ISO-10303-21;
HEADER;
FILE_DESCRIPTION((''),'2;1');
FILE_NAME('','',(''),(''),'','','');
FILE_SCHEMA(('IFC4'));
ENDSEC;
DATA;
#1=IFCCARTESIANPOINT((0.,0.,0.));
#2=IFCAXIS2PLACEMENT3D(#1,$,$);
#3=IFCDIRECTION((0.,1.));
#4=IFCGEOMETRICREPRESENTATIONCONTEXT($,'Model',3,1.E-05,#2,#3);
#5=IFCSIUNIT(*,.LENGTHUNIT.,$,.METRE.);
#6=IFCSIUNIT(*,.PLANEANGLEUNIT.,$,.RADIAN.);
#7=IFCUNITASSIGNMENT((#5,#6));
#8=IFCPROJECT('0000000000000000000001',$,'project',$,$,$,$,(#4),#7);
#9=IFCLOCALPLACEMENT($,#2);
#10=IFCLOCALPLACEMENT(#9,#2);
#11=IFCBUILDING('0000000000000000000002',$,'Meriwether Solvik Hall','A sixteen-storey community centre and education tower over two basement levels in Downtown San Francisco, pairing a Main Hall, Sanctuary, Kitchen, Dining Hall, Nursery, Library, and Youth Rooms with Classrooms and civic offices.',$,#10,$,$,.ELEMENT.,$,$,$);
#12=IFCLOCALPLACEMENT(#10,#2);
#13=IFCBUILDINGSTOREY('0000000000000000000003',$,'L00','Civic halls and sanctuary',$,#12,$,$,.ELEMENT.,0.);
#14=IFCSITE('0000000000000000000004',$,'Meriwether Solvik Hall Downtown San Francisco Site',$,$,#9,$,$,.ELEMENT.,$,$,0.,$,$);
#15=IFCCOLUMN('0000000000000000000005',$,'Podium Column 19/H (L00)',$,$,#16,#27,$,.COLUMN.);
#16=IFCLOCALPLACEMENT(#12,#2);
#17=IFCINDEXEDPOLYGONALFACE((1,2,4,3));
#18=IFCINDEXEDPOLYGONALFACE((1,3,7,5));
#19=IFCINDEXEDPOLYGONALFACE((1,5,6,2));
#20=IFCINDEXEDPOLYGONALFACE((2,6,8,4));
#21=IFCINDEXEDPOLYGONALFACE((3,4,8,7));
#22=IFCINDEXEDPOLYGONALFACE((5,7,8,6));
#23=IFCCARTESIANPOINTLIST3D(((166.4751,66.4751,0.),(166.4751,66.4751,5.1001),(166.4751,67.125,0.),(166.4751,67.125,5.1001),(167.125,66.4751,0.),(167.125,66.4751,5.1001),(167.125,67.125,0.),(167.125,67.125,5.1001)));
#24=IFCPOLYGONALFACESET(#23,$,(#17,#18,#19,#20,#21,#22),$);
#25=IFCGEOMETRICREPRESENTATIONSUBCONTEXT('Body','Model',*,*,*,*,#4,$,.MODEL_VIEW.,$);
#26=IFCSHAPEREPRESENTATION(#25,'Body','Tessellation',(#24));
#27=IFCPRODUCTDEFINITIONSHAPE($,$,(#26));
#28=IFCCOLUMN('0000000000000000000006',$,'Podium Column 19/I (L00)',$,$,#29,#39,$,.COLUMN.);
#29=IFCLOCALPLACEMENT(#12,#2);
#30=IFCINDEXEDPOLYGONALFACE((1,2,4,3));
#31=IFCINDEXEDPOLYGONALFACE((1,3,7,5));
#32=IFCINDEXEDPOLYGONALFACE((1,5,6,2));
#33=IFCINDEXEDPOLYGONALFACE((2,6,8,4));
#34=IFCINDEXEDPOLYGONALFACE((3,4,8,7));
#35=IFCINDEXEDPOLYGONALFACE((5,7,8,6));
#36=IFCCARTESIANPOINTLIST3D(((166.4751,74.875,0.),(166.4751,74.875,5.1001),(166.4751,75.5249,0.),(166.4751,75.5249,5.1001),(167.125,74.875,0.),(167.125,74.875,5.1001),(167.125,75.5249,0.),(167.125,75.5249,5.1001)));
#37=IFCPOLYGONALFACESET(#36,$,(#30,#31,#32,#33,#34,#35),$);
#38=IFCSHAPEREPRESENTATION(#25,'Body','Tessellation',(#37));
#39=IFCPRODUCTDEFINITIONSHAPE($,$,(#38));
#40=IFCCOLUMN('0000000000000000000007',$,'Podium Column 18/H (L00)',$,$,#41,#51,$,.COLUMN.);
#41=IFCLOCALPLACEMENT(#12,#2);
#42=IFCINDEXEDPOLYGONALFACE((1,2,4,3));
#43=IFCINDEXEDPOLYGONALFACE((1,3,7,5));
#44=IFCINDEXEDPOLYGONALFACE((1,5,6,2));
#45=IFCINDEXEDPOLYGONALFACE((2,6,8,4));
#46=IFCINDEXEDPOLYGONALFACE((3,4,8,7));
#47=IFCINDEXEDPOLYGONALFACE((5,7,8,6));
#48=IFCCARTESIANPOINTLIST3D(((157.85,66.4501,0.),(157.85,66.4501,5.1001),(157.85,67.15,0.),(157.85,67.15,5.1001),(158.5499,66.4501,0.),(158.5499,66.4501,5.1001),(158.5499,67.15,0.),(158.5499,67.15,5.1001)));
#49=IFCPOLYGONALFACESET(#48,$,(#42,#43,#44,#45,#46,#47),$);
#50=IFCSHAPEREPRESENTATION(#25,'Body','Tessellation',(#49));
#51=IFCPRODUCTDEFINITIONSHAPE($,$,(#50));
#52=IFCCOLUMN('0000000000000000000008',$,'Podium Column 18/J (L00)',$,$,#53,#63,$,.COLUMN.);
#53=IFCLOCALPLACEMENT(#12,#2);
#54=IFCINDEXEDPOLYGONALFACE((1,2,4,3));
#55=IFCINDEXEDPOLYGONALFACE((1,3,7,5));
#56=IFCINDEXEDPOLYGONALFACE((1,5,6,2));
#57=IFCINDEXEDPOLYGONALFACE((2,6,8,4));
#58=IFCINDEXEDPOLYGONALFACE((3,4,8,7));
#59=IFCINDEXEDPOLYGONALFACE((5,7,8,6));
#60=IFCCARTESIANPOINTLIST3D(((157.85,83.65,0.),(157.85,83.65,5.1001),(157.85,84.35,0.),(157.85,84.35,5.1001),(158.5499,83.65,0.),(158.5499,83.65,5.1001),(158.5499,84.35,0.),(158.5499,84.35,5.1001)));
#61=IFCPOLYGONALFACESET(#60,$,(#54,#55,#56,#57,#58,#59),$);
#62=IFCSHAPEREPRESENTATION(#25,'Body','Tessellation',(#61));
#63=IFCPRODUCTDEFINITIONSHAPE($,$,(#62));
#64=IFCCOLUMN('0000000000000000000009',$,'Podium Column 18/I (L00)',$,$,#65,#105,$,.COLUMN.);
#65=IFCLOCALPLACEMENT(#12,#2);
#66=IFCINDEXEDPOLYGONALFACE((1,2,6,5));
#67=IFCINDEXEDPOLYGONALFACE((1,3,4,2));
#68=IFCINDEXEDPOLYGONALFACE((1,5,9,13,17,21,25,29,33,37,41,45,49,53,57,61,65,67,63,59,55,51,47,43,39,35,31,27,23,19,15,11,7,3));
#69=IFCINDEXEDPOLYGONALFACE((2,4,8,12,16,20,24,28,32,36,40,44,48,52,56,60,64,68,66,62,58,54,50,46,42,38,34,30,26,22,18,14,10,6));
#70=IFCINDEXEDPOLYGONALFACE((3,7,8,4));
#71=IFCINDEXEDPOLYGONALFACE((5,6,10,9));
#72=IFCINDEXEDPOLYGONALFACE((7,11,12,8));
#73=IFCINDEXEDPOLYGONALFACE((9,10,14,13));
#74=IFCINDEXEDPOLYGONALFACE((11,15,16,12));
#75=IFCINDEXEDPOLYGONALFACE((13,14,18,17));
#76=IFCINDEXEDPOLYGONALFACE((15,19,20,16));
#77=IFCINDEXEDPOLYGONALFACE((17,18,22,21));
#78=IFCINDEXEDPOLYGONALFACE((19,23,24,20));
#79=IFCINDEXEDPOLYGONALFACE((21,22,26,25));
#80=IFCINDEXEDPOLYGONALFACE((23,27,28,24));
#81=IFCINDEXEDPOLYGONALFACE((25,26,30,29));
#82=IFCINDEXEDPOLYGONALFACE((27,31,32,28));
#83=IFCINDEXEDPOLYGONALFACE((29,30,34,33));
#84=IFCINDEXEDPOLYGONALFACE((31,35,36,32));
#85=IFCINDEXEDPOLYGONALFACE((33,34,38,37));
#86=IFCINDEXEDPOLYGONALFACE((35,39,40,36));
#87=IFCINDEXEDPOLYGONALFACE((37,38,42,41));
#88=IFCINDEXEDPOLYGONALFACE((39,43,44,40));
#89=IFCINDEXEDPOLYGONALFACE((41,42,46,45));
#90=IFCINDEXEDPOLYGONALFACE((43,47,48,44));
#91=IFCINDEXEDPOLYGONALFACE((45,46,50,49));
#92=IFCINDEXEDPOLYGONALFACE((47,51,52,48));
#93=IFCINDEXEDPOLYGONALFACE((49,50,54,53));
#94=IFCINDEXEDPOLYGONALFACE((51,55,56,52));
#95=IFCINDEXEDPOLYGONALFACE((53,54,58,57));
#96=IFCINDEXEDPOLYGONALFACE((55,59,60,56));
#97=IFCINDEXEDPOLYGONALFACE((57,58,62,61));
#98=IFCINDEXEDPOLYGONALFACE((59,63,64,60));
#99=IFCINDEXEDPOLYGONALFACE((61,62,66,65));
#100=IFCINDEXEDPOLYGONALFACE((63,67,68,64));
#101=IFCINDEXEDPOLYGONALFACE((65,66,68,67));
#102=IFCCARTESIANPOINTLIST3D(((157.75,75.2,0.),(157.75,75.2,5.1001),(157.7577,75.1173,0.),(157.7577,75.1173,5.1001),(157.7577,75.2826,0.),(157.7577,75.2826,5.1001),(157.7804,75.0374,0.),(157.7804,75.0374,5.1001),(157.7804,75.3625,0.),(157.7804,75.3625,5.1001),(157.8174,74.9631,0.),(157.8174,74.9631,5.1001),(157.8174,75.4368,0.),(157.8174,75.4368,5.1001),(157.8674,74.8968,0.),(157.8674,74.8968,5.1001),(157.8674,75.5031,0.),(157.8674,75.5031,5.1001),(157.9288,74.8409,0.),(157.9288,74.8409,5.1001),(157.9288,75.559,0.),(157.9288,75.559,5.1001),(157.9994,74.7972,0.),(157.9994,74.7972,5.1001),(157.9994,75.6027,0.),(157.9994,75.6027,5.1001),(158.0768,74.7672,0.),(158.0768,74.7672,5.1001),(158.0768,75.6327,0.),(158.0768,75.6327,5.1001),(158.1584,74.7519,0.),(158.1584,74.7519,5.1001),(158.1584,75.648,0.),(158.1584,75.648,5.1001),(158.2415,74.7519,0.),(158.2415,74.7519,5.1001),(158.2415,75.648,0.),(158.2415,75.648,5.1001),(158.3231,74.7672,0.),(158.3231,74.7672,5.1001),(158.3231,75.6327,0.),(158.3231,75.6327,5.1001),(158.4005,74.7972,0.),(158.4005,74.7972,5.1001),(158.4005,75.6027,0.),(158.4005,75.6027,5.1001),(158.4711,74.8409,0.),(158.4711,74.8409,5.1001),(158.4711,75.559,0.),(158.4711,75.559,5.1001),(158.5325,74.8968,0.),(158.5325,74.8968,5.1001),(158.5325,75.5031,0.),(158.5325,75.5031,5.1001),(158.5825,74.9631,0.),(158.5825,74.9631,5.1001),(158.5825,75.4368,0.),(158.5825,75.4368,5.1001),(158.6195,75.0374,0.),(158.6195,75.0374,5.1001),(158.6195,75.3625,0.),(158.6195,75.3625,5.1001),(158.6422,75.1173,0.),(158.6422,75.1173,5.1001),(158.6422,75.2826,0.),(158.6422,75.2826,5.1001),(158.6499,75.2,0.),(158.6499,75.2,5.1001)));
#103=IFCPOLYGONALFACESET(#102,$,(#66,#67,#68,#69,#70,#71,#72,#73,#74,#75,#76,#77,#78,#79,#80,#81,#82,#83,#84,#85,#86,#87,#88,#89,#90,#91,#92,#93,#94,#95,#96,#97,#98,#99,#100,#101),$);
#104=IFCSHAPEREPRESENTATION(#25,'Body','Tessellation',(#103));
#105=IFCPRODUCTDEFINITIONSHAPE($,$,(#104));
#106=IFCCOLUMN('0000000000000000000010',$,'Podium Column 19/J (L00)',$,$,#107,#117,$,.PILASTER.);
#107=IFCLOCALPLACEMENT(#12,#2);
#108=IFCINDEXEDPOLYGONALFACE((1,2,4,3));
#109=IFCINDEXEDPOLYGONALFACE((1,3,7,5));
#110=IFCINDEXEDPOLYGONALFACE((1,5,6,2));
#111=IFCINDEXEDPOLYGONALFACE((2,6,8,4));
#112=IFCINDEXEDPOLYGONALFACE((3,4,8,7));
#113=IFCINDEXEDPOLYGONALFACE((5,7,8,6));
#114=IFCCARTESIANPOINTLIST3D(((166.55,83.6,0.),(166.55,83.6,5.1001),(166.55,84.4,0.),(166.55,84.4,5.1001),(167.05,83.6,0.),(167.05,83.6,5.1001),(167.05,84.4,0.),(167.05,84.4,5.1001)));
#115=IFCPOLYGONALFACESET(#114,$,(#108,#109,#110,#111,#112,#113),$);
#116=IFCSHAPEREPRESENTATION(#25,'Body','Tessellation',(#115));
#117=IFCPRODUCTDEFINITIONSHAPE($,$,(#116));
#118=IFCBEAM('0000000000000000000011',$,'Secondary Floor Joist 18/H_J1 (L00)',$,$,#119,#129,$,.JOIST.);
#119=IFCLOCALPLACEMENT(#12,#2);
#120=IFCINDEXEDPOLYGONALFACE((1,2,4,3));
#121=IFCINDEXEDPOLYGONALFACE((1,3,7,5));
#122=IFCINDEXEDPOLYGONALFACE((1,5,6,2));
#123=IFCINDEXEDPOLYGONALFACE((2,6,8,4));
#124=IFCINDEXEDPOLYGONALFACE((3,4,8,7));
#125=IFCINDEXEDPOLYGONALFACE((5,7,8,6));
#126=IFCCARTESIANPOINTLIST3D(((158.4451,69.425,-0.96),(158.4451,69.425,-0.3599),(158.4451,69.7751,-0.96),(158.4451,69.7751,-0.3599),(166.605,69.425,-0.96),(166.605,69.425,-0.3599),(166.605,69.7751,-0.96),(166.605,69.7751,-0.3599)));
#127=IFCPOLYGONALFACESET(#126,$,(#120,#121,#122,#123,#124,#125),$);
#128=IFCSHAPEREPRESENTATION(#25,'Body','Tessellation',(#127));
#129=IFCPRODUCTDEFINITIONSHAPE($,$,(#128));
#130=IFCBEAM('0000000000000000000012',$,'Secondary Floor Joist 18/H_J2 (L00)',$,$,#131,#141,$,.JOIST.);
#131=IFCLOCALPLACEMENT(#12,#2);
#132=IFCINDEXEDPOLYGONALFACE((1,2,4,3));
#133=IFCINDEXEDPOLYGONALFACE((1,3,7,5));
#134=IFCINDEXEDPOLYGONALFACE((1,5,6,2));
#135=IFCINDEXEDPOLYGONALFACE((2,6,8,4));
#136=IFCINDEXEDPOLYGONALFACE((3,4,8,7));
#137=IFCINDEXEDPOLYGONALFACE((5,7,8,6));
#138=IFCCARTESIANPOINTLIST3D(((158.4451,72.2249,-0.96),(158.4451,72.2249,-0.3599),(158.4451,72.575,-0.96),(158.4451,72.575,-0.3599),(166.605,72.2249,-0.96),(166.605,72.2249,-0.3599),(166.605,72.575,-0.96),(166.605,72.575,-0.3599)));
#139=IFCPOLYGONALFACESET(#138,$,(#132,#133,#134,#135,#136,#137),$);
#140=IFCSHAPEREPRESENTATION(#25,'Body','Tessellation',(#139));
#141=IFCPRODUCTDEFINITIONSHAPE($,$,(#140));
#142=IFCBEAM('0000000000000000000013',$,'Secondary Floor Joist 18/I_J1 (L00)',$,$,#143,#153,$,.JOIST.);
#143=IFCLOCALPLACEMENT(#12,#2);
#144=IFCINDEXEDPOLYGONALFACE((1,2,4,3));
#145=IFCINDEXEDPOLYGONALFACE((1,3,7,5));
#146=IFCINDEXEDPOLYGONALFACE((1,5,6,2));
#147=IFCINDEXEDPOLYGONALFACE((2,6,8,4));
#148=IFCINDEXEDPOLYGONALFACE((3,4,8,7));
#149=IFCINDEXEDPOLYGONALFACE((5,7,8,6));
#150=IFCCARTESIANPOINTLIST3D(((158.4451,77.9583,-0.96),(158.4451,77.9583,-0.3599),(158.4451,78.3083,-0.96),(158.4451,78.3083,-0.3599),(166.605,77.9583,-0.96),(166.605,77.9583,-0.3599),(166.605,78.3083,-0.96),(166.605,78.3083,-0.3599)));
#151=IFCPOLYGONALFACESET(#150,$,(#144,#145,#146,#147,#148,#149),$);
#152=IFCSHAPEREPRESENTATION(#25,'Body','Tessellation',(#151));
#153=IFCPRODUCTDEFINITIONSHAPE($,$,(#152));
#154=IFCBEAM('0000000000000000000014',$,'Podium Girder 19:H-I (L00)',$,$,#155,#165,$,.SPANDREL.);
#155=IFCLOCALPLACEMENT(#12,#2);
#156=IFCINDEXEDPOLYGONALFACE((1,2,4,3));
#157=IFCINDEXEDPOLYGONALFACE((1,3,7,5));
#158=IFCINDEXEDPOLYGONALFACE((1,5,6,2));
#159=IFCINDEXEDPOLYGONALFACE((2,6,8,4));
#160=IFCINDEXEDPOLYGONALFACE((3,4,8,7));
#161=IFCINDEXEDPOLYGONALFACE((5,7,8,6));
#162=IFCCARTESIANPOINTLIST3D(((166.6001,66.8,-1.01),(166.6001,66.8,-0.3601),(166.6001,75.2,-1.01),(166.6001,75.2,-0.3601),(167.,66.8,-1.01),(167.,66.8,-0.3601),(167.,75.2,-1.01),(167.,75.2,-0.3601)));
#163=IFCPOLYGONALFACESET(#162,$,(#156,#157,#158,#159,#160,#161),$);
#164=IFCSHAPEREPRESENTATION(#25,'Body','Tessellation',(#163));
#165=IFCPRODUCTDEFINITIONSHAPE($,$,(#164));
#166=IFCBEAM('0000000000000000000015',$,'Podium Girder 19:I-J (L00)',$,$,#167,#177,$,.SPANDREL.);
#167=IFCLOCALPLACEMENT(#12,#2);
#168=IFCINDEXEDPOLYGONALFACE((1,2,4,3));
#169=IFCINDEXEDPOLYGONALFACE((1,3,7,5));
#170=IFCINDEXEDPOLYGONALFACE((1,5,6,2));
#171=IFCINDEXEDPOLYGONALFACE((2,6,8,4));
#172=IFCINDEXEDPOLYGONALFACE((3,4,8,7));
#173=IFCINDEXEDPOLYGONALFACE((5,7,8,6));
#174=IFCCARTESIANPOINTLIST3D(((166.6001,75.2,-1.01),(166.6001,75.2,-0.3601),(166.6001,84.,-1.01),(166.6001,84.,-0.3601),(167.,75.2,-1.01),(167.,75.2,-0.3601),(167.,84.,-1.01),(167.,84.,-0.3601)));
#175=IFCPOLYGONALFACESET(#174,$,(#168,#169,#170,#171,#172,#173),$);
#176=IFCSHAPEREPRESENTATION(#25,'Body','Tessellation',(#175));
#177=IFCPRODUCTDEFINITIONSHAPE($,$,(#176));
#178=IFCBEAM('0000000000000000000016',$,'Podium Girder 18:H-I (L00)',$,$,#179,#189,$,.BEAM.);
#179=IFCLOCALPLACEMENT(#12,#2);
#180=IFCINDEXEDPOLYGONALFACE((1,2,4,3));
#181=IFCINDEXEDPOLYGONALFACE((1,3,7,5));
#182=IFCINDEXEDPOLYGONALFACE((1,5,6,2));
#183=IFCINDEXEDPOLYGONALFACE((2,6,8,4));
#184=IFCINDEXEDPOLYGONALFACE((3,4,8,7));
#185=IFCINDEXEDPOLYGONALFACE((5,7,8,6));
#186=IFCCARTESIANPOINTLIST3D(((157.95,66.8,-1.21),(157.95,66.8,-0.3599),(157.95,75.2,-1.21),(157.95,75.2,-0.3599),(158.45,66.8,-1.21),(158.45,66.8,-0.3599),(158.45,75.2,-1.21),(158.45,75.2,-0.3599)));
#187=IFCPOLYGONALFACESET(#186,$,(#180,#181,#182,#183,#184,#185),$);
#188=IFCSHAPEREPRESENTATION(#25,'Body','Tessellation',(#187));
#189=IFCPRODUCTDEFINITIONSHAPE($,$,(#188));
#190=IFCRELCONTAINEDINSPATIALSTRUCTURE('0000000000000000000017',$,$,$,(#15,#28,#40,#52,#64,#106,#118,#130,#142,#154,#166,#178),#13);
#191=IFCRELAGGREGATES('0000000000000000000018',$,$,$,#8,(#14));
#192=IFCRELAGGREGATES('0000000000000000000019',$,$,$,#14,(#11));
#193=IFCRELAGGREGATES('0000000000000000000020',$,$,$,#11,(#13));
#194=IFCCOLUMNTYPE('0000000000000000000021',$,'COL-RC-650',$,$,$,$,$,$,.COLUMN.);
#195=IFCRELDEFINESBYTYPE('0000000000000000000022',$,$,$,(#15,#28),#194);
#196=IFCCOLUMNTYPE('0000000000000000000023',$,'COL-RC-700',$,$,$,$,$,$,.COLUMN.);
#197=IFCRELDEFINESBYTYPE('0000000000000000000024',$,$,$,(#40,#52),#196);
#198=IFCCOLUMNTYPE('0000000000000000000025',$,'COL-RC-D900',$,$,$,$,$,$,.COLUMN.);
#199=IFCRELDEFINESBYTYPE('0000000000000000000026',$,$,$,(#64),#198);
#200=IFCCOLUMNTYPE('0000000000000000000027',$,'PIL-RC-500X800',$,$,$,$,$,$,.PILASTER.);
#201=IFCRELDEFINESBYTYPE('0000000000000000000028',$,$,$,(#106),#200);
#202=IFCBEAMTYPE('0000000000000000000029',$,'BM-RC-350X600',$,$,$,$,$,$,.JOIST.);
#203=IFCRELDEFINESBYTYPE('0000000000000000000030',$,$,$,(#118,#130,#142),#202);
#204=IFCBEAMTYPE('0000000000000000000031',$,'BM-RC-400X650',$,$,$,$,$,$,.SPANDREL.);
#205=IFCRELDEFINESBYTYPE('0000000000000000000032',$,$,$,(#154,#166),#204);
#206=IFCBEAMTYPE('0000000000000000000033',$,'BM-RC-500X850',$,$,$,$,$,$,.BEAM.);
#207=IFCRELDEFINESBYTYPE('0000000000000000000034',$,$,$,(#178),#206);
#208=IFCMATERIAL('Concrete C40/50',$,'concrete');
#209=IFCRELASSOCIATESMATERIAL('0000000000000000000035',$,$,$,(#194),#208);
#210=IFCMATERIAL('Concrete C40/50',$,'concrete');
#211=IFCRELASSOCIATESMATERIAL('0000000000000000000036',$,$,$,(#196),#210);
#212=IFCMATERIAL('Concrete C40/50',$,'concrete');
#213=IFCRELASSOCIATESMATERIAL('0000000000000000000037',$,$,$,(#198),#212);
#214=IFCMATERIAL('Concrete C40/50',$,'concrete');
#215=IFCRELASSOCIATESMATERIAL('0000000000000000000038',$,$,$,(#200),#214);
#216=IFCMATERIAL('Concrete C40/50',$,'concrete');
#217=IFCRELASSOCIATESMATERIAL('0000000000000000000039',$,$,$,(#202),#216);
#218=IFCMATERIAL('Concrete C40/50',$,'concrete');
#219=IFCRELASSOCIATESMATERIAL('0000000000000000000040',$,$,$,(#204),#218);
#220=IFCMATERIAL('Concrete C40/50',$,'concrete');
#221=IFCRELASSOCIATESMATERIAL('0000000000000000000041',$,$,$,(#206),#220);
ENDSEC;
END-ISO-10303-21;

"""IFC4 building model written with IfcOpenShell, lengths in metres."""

from ifc_helpers import new_model, si_unit, direction, frame, origin, origin_2d, place, context, subcontext, project, spatial, rectangle, circle, extrude, material, material_profile, profile_set, type_object, element, save


model = new_model("IFC4")

# Units and contexts
model_context = context("Model", 3, precision=1e-05, world=origin(), true_north=direction((0.0, 1.0)))
body_context = subcontext(model_context, "Body", "Model", "MODEL_VIEW")
ifc_project = project(units=[si_unit("LENGTHUNIT", "METRE"), si_unit("PLANEANGLEUNIT", "RADIAN")], contexts=[model_context])

# Site, building, storey
site_placement = place(None, origin())
site = spatial("IfcSite", under=ifc_project, at=site_placement, Name="Meriwether Solvik Hall Downtown San Francisco Site", CompositionType="ELEMENT", RefElevation=0.0)
building_placement = place(site_placement, origin())
building = spatial("IfcBuilding", under=site, at=building_placement, Name="Meriwether Solvik Hall", Description="A sixteen-storey community centre and education tower over two basement levels in Downtown San Francisco, pairing a Main Hall, Sanctuary, Kitchen, Dining Hall, Nursery, Library, and Youth Rooms with Classrooms and civic offices.", CompositionType="ELEMENT")
storey_placement = place(building_placement, origin())
storey = spatial("IfcBuildingStorey", under=building, at=storey_placement, Name="L00", Description="Civic halls and sanctuary", CompositionType="ELEMENT", Elevation=0.0)

# Columns
ifc_material_1 = material(Name="Concrete C40/50", Category="concrete")
ifc_material_profile_1 = material_profile(ifc_material_1, rectangle(XDim=0.6499, YDim=0.6499, at=origin_2d()), Name="RCC-650X650")
ifc_profile_set_1 = profile_set([ifc_material_profile_1], Name="Concrete C40/50")
column_type_1 = type_object("IfcColumnType", Name="COL-RC-650", PredefinedType="COLUMN", material=ifc_profile_set_1)
for number, where, z_axis, x_axis, name in (
    (1, (166.8, 66.8, 0.0), (0.0, 0.0, 1.0), (1.0, 0.0, 0.0), "Podium Column 19/H (L00)"),
    (2, (166.8, 75.2, 0.0), (0.0, 0.0, 1.0), (1.0, 0.0, 0.0), "Podium Column 19/I (L00)"),
):
    element("IfcColumn", number, at=place(storey_placement, frame(where, z_axis=z_axis, x_axis=x_axis)), inside=storey, type_object=column_type_1, Name=name, PredefinedType="COLUMN", context=body_context, shape_type="SweptSolid", body=[
        extrude(rectangle(XDim=0.6499, YDim=0.6499, at=origin_2d()), origin(), (0.0, 0.0, 1.0), 5.1001),
    ])
ifc_material_2 = material(Name="Concrete C40/50", Category="concrete")
ifc_material_profile_2 = material_profile(ifc_material_2, rectangle(XDim=0.7, YDim=0.7, at=origin_2d()), Name="RCC-700X700")
ifc_profile_set_2 = profile_set([ifc_material_profile_2], Name="Concrete C40/50")
column_type_2 = type_object("IfcColumnType", Name="COL-RC-700", PredefinedType="COLUMN", material=ifc_profile_set_2)
for number, where, z_axis, x_axis, name in (
    (3, (158.2, 66.8, 0.0), (0.0, 0.0, 1.0), (1.0, 0.0, 0.0), "Podium Column 18/H (L00)"),
    (4, (158.2, 84.0, 0.0), (0.0, 0.0, 1.0), (1.0, 0.0, 0.0), "Podium Column 18/J (L00)"),
):
    element("IfcColumn", number, at=place(storey_placement, frame(where, z_axis=z_axis, x_axis=x_axis)), inside=storey, type_object=column_type_2, Name=name, PredefinedType="COLUMN", context=body_context, shape_type="SweptSolid", body=[
        extrude(rectangle(XDim=0.7, YDim=0.7, at=origin_2d()), origin(), (0.0, 0.0, 1.0), 5.1001),
    ])
ifc_material_3 = material(Name="Concrete C40/50", Category="concrete")
ifc_material_profile_3 = material_profile(ifc_material_3, circle(Radius=0.45, at=origin_2d()), Name="RCC-D900")
ifc_profile_set_3 = profile_set([ifc_material_profile_3], Name="Concrete C40/50")
column_type_3 = type_object("IfcColumnType", Name="COL-RC-D900", PredefinedType="COLUMN", material=ifc_profile_set_3)
column_1_placement = place(storey_placement, frame((158.2, 75.2, 0.0), z_axis=(0.0, 0.0, 1.0), x_axis=(1.0, 0.0, 0.0)))
element("IfcColumn", 5, at=column_1_placement, inside=storey, type_object=column_type_3, Name="Podium Column 18/I (L00)", PredefinedType="COLUMN", context=body_context, shape_type="SweptSolid", body=[
    extrude(circle(Radius=0.45, at=origin_2d()), origin(), (0.0, 0.0, 1.0), 5.1001),
])
ifc_material_4 = material(Name="Concrete C40/50", Category="concrete")
ifc_material_profile_4 = material_profile(ifc_material_4, rectangle(XDim=0.5, YDim=0.8, at=origin_2d()), Name="RCP-500X800")
ifc_profile_set_4 = profile_set([ifc_material_profile_4], Name="Concrete C40/50")
column_type_4 = type_object("IfcColumnType", Name="PIL-RC-500X800", PredefinedType="PILASTER", material=ifc_profile_set_4)
column_2_placement = place(storey_placement, frame((166.8, 84.0, 0.0), z_axis=(0.0, 0.0, 1.0), x_axis=(1.0, 0.0, 0.0)))
element("IfcColumn", 6, at=column_2_placement, inside=storey, type_object=column_type_4, Name="Podium Column 19/J (L00)", PredefinedType="PILASTER", context=body_context, shape_type="SweptSolid", body=[
    extrude(rectangle(XDim=0.5, YDim=0.8, at=origin_2d()), origin(), (0.0, 0.0, 1.0), 5.1001),
])

# Beams
ifc_material_5 = material(Name="Concrete C40/50", Category="concrete")
ifc_material_profile_5 = material_profile(ifc_material_5, rectangle(XDim=0.3501, YDim=0.6001, at=origin_2d()), Name="RCB-350X600")
ifc_profile_set_5 = profile_set([ifc_material_profile_5], Name="Concrete C40/50")
beam_type_1 = type_object("IfcBeamType", Name="BM-RC-350X600", PredefinedType="JOIST", material=ifc_profile_set_5)
for number, where, z_axis, x_axis, name in (
    (7, (158.4451, 69.6001, -0.6599), (1.0, 0.0, 0.0), (0.0, 1.0, 0.0), "Secondary Floor Joist 18/H_J1 (L00)"),
    (8, (158.4451, 72.3999, -0.6599), (1.0, 0.0, 0.0), (0.0, 1.0, 0.0), "Secondary Floor Joist 18/H_J2 (L00)"),
    (9, (158.4451, 78.1333, -0.6599), (1.0, 0.0, 0.0), (0.0, 1.0, 0.0), "Secondary Floor Joist 18/I_J1 (L00)"),
):
    element("IfcBeam", number, at=place(storey_placement, frame(where, z_axis=z_axis, x_axis=x_axis)), inside=storey, type_object=beam_type_1, Name=name, PredefinedType="JOIST", context=body_context, shape_type="SweptSolid", body=[
        extrude(rectangle(XDim=0.3501, YDim=0.6001, at=origin_2d()), origin(), (0.0, 0.0, 1.0), 8.1599),
    ])
ifc_material_6 = material(Name="Concrete C40/50", Category="concrete")
ifc_material_profile_6 = material_profile(ifc_material_6, rectangle(XDim=0.3999, YDim=0.6499, at=origin_2d()), Name="RCB-400X650")
ifc_profile_set_6 = profile_set([ifc_material_profile_6], Name="Concrete C40/50")
beam_type_2 = type_object("IfcBeamType", Name="BM-RC-400X650", PredefinedType="SPANDREL", material=ifc_profile_set_6)
beam_1_placement = place(storey_placement, frame((166.8, 66.8, -0.6851), z_axis=(0.0, 1.0, 0.0), x_axis=(-1.0, 0.0, 0.0)))
element("IfcBeam", 10, at=beam_1_placement, inside=storey, type_object=beam_type_2, Name="Podium Girder 19:H-I (L00)", PredefinedType="SPANDREL", context=body_context, shape_type="SweptSolid", body=[
    extrude(rectangle(XDim=0.3999, YDim=0.6499, at=origin_2d()), origin(), (0.0, 0.0, 1.0), 8.3999),
])
beam_2_placement = place(storey_placement, frame((166.8, 75.2, -0.6851), z_axis=(0.0, 1.0, 0.0), x_axis=(-1.0, 0.0, 0.0)))
element("IfcBeam", 11, at=beam_2_placement, inside=storey, type_object=beam_type_2, Name="Podium Girder 19:I-J (L00)", PredefinedType="SPANDREL", context=body_context, shape_type="SweptSolid", body=[
    extrude(rectangle(XDim=0.3999, YDim=0.6499, at=origin_2d()), origin(), (0.0, 0.0, 1.0), 8.8),
])
ifc_material_7 = material(Name="Concrete C40/50", Category="concrete")
ifc_material_profile_7 = material_profile(ifc_material_7, rectangle(XDim=0.5, YDim=0.8501, at=origin_2d()), Name="RCB-500X850")
ifc_profile_set_7 = profile_set([ifc_material_profile_7], Name="Concrete C40/50")
beam_type_3 = type_object("IfcBeamType", Name="BM-RC-500X850", PredefinedType="BEAM", material=ifc_profile_set_7)
beam_3_placement = place(storey_placement, frame((158.2, 66.8, -0.7849), z_axis=(0.0, 1.0, 0.0), x_axis=(-1.0, 0.0, 0.0)))
element("IfcBeam", 12, at=beam_3_placement, inside=storey, type_object=beam_type_3, Name="Podium Girder 18:H-I (L00)", PredefinedType="BEAM", context=body_context, shape_type="SweptSolid", body=[
    extrude(rectangle(XDim=0.5, YDim=0.8501, at=origin_2d()), origin(), (0.0, 0.0, 1.0), 8.3999),
])

save(model, "model.ifc")
